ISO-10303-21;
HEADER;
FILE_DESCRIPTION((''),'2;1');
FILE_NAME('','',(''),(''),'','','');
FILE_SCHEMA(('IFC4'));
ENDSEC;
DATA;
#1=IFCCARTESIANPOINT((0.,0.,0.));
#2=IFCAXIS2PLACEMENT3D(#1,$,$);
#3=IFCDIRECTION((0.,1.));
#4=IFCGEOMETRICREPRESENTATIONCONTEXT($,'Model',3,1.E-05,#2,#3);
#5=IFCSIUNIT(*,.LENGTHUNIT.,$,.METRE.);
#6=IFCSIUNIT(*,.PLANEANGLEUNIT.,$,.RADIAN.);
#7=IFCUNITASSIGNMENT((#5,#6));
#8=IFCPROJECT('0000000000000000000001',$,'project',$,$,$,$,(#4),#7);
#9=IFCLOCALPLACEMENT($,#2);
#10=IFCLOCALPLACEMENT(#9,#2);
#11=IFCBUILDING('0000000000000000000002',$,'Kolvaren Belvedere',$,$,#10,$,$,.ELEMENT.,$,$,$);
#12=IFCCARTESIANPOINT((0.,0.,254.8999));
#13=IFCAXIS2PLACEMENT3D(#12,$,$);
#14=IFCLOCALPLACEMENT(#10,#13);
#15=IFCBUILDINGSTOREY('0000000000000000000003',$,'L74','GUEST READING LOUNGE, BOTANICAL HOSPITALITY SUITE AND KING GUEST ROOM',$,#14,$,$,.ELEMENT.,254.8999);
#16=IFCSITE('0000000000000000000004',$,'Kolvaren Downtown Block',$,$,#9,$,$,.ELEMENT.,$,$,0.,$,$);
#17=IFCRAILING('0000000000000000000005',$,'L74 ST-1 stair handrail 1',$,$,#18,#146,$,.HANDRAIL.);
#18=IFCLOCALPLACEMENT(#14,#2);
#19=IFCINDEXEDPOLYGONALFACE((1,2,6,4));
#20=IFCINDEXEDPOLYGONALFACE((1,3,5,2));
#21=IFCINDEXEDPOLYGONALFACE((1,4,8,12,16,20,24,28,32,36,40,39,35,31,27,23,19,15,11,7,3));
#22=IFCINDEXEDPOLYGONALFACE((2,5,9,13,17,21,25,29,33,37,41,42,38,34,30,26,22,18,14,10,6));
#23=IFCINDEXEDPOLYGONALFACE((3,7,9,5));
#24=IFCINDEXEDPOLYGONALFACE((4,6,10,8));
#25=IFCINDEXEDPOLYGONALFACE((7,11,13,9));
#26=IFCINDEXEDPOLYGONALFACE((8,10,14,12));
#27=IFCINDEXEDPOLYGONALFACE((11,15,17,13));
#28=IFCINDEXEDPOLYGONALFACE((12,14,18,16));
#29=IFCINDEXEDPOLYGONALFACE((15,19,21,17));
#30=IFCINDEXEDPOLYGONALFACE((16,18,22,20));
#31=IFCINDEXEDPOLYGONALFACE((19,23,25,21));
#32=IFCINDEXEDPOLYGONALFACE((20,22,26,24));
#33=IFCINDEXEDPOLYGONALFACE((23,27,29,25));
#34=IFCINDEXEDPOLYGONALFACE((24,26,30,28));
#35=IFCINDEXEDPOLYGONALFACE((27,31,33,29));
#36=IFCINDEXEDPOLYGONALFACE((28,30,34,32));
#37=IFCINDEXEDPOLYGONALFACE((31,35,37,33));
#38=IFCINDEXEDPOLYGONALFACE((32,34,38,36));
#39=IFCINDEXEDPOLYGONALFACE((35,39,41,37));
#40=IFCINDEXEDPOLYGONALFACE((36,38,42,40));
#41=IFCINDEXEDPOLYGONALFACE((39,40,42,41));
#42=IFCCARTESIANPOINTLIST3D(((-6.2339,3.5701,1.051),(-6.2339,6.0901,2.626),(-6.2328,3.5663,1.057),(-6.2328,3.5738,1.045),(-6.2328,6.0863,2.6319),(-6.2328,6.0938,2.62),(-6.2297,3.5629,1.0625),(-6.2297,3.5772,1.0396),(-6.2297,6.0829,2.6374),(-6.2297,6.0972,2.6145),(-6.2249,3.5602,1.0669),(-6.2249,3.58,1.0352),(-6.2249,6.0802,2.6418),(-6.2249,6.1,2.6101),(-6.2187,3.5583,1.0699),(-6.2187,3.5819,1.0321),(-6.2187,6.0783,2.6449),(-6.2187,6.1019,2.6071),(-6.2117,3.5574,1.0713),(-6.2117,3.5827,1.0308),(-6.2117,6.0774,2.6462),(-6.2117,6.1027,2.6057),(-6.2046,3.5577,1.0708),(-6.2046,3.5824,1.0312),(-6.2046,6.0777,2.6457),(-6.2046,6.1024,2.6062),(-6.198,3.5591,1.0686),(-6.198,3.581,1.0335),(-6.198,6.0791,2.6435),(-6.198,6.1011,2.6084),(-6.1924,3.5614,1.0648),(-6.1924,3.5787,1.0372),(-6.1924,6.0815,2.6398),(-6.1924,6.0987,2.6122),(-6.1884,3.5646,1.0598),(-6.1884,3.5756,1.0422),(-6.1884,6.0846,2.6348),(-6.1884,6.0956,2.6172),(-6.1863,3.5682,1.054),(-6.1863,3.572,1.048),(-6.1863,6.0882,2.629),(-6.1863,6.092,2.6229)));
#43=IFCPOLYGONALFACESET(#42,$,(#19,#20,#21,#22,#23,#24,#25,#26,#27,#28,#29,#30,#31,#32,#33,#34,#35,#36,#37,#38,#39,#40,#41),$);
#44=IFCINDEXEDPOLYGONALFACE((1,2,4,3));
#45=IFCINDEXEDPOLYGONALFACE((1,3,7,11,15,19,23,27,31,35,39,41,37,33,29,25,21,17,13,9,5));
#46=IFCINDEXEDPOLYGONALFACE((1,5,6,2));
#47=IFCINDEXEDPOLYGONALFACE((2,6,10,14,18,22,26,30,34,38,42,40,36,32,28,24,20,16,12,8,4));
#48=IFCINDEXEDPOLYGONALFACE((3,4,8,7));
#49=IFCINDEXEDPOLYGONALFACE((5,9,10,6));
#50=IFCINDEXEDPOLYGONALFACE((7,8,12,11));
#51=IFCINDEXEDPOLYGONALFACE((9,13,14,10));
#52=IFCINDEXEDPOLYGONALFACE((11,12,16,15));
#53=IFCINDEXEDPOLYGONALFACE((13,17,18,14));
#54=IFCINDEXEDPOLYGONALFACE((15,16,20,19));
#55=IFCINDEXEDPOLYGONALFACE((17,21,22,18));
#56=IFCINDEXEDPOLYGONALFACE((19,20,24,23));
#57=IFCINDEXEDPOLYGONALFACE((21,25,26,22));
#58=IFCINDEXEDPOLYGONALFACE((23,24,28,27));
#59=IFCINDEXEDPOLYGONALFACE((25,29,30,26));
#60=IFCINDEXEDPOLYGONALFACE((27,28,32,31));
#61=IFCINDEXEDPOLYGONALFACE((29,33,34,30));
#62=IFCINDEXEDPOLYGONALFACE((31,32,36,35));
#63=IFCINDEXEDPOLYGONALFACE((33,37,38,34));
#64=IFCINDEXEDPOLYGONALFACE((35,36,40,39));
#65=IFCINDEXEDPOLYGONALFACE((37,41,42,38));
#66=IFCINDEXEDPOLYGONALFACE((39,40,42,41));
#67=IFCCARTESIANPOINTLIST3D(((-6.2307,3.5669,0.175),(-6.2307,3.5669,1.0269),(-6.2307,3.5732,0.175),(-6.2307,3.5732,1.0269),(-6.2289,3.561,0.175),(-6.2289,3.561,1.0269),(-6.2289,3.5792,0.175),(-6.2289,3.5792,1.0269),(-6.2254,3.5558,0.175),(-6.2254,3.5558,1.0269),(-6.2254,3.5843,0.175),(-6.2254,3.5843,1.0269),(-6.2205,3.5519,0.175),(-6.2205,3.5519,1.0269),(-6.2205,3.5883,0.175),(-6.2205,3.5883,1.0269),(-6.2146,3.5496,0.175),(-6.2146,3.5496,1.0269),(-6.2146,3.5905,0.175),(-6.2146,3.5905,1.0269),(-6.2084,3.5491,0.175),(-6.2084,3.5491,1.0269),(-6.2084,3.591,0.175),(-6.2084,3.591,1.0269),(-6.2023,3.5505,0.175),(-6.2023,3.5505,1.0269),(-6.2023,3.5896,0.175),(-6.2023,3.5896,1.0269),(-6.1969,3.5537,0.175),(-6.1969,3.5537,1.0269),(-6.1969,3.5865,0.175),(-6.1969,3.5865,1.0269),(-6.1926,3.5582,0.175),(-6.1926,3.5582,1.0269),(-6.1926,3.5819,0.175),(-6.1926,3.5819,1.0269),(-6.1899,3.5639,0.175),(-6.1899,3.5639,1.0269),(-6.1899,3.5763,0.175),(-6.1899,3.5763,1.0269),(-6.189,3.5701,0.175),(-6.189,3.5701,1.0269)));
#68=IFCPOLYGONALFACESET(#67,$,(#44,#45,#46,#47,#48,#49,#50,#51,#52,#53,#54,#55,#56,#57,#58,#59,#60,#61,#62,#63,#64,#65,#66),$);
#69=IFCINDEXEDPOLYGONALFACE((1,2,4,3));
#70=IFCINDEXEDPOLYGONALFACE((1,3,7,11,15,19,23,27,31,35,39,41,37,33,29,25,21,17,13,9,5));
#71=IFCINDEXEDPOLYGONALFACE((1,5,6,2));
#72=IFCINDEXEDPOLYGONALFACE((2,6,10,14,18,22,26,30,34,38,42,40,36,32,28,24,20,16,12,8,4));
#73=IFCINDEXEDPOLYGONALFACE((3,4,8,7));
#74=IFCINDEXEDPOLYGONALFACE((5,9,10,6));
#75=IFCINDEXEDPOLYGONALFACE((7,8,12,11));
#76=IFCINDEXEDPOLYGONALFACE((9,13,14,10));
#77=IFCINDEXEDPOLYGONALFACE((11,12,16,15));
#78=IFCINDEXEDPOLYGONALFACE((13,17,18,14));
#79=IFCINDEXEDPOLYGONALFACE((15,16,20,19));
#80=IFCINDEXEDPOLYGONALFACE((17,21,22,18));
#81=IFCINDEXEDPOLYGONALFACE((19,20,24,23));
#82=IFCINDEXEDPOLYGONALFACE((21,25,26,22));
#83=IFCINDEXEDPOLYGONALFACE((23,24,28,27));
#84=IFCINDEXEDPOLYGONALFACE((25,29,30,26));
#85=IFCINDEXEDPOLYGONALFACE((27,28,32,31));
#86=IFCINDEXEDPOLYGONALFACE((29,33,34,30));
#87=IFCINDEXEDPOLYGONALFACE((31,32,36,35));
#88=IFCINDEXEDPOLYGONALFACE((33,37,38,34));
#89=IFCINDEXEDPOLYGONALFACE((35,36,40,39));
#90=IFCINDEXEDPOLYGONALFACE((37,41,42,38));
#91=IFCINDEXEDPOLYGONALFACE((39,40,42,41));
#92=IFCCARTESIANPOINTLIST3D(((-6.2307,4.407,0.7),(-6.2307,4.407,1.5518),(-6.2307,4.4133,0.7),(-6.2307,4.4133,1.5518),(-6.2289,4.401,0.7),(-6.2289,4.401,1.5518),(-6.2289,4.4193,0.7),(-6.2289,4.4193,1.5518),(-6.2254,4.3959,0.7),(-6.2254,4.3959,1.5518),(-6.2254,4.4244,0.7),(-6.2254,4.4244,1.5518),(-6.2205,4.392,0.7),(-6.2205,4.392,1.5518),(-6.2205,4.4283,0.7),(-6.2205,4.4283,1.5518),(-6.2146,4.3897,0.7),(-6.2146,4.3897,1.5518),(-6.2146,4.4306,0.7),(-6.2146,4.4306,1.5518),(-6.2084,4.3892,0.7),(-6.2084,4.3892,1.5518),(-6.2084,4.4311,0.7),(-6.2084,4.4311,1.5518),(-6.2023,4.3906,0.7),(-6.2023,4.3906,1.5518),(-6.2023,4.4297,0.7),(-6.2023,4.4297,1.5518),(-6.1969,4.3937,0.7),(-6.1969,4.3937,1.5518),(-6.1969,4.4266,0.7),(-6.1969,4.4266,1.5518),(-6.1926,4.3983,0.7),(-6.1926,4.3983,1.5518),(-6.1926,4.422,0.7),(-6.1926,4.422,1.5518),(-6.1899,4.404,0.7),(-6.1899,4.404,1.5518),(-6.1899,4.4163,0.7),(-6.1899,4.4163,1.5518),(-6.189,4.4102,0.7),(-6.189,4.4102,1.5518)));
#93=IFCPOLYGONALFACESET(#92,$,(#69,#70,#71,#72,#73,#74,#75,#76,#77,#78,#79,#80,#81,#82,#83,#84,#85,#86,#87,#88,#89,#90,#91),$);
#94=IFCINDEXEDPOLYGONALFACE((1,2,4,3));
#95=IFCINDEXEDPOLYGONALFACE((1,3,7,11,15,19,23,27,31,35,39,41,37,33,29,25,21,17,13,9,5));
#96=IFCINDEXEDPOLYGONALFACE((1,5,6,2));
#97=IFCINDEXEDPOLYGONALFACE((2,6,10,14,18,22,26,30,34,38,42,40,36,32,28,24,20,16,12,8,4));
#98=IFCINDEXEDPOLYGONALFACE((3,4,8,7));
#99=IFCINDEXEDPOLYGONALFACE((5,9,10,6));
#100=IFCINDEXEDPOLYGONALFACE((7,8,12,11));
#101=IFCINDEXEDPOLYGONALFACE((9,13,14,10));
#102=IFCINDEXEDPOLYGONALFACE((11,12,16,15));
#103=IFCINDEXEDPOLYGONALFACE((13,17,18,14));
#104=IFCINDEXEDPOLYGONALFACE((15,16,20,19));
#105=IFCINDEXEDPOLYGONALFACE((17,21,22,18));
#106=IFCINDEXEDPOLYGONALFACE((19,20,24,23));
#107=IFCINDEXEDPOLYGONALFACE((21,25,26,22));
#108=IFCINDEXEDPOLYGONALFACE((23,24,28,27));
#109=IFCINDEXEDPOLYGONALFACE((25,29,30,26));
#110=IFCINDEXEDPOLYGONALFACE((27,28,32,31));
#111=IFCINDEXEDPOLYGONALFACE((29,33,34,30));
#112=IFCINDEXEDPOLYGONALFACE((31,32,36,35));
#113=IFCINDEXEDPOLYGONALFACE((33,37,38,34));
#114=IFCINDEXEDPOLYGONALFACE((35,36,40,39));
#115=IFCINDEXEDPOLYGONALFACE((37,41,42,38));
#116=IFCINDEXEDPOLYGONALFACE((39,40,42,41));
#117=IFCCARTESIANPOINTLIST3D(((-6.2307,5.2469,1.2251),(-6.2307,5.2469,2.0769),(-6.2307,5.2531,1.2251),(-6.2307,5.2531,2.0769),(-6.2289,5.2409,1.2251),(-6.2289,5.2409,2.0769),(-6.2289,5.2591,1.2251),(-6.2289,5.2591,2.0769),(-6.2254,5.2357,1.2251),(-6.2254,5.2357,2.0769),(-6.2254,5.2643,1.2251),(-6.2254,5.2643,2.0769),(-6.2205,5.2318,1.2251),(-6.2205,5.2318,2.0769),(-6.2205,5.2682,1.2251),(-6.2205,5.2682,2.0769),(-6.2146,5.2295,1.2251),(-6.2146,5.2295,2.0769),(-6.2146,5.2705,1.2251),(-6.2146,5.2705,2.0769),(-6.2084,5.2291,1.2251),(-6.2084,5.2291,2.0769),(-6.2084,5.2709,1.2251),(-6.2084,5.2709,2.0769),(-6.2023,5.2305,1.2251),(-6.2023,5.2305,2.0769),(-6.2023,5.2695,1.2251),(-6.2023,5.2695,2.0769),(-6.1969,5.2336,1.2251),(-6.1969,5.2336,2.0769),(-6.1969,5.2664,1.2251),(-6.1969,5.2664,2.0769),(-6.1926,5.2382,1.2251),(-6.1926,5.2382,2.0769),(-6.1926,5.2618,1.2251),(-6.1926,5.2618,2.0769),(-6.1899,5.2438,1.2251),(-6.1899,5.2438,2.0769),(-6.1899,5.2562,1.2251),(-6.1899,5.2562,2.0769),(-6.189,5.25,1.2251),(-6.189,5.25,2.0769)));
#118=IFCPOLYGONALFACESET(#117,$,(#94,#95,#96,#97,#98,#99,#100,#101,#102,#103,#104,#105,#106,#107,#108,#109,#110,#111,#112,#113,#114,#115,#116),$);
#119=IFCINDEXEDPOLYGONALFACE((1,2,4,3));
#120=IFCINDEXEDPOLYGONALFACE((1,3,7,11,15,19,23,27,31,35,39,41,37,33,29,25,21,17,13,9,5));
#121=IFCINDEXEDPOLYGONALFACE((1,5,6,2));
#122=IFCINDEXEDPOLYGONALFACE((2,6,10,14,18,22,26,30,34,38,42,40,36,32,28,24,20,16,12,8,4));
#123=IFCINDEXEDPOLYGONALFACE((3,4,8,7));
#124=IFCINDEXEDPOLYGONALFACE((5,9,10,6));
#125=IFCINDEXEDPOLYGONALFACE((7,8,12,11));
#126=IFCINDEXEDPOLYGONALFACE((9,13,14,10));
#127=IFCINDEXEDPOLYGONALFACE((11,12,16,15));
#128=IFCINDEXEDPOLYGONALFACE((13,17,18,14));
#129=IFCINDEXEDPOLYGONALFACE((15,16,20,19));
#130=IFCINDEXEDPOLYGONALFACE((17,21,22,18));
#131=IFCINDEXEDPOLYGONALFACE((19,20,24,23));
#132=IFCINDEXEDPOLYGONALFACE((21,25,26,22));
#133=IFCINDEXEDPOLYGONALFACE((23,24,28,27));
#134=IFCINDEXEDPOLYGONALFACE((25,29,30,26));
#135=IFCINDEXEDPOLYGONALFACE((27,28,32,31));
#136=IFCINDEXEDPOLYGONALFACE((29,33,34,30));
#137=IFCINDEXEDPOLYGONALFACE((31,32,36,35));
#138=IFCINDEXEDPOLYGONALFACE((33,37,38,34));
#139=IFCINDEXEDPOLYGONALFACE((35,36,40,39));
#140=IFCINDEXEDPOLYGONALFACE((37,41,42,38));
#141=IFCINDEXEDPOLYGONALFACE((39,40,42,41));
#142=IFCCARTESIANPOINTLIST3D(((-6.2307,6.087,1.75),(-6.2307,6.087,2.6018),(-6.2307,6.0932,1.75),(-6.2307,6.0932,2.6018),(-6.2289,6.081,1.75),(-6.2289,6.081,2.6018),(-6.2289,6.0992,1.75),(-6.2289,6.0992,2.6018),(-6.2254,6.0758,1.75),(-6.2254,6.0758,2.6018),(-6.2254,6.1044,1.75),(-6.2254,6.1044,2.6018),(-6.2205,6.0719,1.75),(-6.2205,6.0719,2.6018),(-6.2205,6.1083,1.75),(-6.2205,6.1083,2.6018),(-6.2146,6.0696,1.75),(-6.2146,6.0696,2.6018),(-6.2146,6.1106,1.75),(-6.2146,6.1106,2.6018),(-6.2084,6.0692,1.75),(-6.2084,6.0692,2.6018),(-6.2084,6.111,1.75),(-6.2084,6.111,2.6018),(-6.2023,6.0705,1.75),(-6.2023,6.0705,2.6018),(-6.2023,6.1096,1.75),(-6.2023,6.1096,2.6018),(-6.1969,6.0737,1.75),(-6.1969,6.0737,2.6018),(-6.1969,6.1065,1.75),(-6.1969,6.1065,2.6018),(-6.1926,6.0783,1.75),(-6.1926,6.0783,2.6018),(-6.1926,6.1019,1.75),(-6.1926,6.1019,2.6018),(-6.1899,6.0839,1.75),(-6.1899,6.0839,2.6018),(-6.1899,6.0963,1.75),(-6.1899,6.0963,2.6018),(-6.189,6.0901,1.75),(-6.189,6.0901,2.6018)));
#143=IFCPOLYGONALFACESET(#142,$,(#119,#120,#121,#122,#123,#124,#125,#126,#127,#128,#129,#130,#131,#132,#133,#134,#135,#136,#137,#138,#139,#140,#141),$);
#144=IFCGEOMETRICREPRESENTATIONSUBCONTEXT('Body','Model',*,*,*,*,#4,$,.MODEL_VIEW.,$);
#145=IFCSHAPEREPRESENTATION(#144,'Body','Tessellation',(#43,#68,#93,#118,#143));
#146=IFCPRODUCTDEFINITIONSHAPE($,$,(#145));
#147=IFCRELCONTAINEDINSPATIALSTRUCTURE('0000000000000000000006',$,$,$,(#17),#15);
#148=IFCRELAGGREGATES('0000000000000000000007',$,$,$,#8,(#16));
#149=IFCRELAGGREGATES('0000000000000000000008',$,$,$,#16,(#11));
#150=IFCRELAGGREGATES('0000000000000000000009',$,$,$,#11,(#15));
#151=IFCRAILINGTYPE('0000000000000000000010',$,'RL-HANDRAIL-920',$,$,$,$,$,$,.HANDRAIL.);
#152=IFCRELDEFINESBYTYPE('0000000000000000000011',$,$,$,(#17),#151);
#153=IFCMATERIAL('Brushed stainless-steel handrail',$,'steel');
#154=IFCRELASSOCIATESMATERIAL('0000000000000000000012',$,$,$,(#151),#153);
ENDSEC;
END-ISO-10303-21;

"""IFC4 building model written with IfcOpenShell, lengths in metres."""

from ifc_helpers import new_model, si_unit, direction, frame, origin, origin_2d, place, context, subcontext, project, spatial, circle, extrude, material, type_object, element, save


model = new_model("IFC4")

# Units and contexts
model_context = context("Model", 3, precision=1e-05, world=origin(), true_north=direction((0.0, 1.0)))
body_context = subcontext(model_context, "Body", "Model", "MODEL_VIEW")
ifc_project = project(units=[si_unit("LENGTHUNIT", "METRE"), si_unit("PLANEANGLEUNIT", "RADIAN")], contexts=[model_context])

# Site, building, storey
site_placement = place(None, origin())
site = spatial("IfcSite", under=ifc_project, at=site_placement, Name="Kolvaren Downtown Block", CompositionType="ELEMENT", RefElevation=0.0)
building_placement = place(site_placement, origin())
building = spatial("IfcBuilding", under=site, at=building_placement, Name="Kolvaren Belvedere", CompositionType="ELEMENT")
storey_placement = place(building_placement, frame((0.0, 0.0, 254.8999)))
storey = spatial("IfcBuildingStorey", under=building, at=storey_placement, Name="L74", Description="GUEST READING LOUNGE, BOTANICAL HOSPITALITY SUITE AND KING GUEST ROOM", CompositionType="ELEMENT", Elevation=254.8999)

# Railing
ifc_material_1 = material(Name="Brushed stainless-steel handrail", Category="steel")
railing_type_1 = type_object("IfcRailingType", Name="RL-HANDRAIL-920", PredefinedType="HANDRAIL", material=ifc_material_1)
railing_1_placement = place(storey_placement, frame((-6.21, 3.5701, 0.175)))
element("IfcRailing", 1, at=railing_1_placement, inside=storey, type_object=railing_type_1, Name="L74 ST-1 stair handrail 1", PredefinedType="HANDRAIL", context=body_context, shape_type="SweptSolid", body=[
    extrude(circle(Radius=0.0239, at=origin_2d()), frame((0.0, 0.0, 0.876), z_axis=(0.0, 0.848008, 0.529984), x_axis=(-1.0, 0.0, 0.0)), (0.0, 0.0, 1.0), 2.9717),
    extrude(circle(Radius=0.021, at=origin_2d()), origin(), (0.0, 0.0, 1.0), 0.8518),
    extrude(circle(Radius=0.021, at=origin_2d()), frame((0.0, 0.8401, 0.5249)), (0.0, 0.0, 1.0), 0.8518),
    extrude(circle(Radius=0.021, at=origin_2d()), frame((0.0, 1.6799, 1.05)), (0.0, 0.0, 1.0), 0.8518),
    extrude(circle(Radius=0.021, at=origin_2d()), frame((0.0, 2.52, 1.575)), (0.0, 0.0, 1.0), 0.8518),
])

save(model, "model.ifc")
